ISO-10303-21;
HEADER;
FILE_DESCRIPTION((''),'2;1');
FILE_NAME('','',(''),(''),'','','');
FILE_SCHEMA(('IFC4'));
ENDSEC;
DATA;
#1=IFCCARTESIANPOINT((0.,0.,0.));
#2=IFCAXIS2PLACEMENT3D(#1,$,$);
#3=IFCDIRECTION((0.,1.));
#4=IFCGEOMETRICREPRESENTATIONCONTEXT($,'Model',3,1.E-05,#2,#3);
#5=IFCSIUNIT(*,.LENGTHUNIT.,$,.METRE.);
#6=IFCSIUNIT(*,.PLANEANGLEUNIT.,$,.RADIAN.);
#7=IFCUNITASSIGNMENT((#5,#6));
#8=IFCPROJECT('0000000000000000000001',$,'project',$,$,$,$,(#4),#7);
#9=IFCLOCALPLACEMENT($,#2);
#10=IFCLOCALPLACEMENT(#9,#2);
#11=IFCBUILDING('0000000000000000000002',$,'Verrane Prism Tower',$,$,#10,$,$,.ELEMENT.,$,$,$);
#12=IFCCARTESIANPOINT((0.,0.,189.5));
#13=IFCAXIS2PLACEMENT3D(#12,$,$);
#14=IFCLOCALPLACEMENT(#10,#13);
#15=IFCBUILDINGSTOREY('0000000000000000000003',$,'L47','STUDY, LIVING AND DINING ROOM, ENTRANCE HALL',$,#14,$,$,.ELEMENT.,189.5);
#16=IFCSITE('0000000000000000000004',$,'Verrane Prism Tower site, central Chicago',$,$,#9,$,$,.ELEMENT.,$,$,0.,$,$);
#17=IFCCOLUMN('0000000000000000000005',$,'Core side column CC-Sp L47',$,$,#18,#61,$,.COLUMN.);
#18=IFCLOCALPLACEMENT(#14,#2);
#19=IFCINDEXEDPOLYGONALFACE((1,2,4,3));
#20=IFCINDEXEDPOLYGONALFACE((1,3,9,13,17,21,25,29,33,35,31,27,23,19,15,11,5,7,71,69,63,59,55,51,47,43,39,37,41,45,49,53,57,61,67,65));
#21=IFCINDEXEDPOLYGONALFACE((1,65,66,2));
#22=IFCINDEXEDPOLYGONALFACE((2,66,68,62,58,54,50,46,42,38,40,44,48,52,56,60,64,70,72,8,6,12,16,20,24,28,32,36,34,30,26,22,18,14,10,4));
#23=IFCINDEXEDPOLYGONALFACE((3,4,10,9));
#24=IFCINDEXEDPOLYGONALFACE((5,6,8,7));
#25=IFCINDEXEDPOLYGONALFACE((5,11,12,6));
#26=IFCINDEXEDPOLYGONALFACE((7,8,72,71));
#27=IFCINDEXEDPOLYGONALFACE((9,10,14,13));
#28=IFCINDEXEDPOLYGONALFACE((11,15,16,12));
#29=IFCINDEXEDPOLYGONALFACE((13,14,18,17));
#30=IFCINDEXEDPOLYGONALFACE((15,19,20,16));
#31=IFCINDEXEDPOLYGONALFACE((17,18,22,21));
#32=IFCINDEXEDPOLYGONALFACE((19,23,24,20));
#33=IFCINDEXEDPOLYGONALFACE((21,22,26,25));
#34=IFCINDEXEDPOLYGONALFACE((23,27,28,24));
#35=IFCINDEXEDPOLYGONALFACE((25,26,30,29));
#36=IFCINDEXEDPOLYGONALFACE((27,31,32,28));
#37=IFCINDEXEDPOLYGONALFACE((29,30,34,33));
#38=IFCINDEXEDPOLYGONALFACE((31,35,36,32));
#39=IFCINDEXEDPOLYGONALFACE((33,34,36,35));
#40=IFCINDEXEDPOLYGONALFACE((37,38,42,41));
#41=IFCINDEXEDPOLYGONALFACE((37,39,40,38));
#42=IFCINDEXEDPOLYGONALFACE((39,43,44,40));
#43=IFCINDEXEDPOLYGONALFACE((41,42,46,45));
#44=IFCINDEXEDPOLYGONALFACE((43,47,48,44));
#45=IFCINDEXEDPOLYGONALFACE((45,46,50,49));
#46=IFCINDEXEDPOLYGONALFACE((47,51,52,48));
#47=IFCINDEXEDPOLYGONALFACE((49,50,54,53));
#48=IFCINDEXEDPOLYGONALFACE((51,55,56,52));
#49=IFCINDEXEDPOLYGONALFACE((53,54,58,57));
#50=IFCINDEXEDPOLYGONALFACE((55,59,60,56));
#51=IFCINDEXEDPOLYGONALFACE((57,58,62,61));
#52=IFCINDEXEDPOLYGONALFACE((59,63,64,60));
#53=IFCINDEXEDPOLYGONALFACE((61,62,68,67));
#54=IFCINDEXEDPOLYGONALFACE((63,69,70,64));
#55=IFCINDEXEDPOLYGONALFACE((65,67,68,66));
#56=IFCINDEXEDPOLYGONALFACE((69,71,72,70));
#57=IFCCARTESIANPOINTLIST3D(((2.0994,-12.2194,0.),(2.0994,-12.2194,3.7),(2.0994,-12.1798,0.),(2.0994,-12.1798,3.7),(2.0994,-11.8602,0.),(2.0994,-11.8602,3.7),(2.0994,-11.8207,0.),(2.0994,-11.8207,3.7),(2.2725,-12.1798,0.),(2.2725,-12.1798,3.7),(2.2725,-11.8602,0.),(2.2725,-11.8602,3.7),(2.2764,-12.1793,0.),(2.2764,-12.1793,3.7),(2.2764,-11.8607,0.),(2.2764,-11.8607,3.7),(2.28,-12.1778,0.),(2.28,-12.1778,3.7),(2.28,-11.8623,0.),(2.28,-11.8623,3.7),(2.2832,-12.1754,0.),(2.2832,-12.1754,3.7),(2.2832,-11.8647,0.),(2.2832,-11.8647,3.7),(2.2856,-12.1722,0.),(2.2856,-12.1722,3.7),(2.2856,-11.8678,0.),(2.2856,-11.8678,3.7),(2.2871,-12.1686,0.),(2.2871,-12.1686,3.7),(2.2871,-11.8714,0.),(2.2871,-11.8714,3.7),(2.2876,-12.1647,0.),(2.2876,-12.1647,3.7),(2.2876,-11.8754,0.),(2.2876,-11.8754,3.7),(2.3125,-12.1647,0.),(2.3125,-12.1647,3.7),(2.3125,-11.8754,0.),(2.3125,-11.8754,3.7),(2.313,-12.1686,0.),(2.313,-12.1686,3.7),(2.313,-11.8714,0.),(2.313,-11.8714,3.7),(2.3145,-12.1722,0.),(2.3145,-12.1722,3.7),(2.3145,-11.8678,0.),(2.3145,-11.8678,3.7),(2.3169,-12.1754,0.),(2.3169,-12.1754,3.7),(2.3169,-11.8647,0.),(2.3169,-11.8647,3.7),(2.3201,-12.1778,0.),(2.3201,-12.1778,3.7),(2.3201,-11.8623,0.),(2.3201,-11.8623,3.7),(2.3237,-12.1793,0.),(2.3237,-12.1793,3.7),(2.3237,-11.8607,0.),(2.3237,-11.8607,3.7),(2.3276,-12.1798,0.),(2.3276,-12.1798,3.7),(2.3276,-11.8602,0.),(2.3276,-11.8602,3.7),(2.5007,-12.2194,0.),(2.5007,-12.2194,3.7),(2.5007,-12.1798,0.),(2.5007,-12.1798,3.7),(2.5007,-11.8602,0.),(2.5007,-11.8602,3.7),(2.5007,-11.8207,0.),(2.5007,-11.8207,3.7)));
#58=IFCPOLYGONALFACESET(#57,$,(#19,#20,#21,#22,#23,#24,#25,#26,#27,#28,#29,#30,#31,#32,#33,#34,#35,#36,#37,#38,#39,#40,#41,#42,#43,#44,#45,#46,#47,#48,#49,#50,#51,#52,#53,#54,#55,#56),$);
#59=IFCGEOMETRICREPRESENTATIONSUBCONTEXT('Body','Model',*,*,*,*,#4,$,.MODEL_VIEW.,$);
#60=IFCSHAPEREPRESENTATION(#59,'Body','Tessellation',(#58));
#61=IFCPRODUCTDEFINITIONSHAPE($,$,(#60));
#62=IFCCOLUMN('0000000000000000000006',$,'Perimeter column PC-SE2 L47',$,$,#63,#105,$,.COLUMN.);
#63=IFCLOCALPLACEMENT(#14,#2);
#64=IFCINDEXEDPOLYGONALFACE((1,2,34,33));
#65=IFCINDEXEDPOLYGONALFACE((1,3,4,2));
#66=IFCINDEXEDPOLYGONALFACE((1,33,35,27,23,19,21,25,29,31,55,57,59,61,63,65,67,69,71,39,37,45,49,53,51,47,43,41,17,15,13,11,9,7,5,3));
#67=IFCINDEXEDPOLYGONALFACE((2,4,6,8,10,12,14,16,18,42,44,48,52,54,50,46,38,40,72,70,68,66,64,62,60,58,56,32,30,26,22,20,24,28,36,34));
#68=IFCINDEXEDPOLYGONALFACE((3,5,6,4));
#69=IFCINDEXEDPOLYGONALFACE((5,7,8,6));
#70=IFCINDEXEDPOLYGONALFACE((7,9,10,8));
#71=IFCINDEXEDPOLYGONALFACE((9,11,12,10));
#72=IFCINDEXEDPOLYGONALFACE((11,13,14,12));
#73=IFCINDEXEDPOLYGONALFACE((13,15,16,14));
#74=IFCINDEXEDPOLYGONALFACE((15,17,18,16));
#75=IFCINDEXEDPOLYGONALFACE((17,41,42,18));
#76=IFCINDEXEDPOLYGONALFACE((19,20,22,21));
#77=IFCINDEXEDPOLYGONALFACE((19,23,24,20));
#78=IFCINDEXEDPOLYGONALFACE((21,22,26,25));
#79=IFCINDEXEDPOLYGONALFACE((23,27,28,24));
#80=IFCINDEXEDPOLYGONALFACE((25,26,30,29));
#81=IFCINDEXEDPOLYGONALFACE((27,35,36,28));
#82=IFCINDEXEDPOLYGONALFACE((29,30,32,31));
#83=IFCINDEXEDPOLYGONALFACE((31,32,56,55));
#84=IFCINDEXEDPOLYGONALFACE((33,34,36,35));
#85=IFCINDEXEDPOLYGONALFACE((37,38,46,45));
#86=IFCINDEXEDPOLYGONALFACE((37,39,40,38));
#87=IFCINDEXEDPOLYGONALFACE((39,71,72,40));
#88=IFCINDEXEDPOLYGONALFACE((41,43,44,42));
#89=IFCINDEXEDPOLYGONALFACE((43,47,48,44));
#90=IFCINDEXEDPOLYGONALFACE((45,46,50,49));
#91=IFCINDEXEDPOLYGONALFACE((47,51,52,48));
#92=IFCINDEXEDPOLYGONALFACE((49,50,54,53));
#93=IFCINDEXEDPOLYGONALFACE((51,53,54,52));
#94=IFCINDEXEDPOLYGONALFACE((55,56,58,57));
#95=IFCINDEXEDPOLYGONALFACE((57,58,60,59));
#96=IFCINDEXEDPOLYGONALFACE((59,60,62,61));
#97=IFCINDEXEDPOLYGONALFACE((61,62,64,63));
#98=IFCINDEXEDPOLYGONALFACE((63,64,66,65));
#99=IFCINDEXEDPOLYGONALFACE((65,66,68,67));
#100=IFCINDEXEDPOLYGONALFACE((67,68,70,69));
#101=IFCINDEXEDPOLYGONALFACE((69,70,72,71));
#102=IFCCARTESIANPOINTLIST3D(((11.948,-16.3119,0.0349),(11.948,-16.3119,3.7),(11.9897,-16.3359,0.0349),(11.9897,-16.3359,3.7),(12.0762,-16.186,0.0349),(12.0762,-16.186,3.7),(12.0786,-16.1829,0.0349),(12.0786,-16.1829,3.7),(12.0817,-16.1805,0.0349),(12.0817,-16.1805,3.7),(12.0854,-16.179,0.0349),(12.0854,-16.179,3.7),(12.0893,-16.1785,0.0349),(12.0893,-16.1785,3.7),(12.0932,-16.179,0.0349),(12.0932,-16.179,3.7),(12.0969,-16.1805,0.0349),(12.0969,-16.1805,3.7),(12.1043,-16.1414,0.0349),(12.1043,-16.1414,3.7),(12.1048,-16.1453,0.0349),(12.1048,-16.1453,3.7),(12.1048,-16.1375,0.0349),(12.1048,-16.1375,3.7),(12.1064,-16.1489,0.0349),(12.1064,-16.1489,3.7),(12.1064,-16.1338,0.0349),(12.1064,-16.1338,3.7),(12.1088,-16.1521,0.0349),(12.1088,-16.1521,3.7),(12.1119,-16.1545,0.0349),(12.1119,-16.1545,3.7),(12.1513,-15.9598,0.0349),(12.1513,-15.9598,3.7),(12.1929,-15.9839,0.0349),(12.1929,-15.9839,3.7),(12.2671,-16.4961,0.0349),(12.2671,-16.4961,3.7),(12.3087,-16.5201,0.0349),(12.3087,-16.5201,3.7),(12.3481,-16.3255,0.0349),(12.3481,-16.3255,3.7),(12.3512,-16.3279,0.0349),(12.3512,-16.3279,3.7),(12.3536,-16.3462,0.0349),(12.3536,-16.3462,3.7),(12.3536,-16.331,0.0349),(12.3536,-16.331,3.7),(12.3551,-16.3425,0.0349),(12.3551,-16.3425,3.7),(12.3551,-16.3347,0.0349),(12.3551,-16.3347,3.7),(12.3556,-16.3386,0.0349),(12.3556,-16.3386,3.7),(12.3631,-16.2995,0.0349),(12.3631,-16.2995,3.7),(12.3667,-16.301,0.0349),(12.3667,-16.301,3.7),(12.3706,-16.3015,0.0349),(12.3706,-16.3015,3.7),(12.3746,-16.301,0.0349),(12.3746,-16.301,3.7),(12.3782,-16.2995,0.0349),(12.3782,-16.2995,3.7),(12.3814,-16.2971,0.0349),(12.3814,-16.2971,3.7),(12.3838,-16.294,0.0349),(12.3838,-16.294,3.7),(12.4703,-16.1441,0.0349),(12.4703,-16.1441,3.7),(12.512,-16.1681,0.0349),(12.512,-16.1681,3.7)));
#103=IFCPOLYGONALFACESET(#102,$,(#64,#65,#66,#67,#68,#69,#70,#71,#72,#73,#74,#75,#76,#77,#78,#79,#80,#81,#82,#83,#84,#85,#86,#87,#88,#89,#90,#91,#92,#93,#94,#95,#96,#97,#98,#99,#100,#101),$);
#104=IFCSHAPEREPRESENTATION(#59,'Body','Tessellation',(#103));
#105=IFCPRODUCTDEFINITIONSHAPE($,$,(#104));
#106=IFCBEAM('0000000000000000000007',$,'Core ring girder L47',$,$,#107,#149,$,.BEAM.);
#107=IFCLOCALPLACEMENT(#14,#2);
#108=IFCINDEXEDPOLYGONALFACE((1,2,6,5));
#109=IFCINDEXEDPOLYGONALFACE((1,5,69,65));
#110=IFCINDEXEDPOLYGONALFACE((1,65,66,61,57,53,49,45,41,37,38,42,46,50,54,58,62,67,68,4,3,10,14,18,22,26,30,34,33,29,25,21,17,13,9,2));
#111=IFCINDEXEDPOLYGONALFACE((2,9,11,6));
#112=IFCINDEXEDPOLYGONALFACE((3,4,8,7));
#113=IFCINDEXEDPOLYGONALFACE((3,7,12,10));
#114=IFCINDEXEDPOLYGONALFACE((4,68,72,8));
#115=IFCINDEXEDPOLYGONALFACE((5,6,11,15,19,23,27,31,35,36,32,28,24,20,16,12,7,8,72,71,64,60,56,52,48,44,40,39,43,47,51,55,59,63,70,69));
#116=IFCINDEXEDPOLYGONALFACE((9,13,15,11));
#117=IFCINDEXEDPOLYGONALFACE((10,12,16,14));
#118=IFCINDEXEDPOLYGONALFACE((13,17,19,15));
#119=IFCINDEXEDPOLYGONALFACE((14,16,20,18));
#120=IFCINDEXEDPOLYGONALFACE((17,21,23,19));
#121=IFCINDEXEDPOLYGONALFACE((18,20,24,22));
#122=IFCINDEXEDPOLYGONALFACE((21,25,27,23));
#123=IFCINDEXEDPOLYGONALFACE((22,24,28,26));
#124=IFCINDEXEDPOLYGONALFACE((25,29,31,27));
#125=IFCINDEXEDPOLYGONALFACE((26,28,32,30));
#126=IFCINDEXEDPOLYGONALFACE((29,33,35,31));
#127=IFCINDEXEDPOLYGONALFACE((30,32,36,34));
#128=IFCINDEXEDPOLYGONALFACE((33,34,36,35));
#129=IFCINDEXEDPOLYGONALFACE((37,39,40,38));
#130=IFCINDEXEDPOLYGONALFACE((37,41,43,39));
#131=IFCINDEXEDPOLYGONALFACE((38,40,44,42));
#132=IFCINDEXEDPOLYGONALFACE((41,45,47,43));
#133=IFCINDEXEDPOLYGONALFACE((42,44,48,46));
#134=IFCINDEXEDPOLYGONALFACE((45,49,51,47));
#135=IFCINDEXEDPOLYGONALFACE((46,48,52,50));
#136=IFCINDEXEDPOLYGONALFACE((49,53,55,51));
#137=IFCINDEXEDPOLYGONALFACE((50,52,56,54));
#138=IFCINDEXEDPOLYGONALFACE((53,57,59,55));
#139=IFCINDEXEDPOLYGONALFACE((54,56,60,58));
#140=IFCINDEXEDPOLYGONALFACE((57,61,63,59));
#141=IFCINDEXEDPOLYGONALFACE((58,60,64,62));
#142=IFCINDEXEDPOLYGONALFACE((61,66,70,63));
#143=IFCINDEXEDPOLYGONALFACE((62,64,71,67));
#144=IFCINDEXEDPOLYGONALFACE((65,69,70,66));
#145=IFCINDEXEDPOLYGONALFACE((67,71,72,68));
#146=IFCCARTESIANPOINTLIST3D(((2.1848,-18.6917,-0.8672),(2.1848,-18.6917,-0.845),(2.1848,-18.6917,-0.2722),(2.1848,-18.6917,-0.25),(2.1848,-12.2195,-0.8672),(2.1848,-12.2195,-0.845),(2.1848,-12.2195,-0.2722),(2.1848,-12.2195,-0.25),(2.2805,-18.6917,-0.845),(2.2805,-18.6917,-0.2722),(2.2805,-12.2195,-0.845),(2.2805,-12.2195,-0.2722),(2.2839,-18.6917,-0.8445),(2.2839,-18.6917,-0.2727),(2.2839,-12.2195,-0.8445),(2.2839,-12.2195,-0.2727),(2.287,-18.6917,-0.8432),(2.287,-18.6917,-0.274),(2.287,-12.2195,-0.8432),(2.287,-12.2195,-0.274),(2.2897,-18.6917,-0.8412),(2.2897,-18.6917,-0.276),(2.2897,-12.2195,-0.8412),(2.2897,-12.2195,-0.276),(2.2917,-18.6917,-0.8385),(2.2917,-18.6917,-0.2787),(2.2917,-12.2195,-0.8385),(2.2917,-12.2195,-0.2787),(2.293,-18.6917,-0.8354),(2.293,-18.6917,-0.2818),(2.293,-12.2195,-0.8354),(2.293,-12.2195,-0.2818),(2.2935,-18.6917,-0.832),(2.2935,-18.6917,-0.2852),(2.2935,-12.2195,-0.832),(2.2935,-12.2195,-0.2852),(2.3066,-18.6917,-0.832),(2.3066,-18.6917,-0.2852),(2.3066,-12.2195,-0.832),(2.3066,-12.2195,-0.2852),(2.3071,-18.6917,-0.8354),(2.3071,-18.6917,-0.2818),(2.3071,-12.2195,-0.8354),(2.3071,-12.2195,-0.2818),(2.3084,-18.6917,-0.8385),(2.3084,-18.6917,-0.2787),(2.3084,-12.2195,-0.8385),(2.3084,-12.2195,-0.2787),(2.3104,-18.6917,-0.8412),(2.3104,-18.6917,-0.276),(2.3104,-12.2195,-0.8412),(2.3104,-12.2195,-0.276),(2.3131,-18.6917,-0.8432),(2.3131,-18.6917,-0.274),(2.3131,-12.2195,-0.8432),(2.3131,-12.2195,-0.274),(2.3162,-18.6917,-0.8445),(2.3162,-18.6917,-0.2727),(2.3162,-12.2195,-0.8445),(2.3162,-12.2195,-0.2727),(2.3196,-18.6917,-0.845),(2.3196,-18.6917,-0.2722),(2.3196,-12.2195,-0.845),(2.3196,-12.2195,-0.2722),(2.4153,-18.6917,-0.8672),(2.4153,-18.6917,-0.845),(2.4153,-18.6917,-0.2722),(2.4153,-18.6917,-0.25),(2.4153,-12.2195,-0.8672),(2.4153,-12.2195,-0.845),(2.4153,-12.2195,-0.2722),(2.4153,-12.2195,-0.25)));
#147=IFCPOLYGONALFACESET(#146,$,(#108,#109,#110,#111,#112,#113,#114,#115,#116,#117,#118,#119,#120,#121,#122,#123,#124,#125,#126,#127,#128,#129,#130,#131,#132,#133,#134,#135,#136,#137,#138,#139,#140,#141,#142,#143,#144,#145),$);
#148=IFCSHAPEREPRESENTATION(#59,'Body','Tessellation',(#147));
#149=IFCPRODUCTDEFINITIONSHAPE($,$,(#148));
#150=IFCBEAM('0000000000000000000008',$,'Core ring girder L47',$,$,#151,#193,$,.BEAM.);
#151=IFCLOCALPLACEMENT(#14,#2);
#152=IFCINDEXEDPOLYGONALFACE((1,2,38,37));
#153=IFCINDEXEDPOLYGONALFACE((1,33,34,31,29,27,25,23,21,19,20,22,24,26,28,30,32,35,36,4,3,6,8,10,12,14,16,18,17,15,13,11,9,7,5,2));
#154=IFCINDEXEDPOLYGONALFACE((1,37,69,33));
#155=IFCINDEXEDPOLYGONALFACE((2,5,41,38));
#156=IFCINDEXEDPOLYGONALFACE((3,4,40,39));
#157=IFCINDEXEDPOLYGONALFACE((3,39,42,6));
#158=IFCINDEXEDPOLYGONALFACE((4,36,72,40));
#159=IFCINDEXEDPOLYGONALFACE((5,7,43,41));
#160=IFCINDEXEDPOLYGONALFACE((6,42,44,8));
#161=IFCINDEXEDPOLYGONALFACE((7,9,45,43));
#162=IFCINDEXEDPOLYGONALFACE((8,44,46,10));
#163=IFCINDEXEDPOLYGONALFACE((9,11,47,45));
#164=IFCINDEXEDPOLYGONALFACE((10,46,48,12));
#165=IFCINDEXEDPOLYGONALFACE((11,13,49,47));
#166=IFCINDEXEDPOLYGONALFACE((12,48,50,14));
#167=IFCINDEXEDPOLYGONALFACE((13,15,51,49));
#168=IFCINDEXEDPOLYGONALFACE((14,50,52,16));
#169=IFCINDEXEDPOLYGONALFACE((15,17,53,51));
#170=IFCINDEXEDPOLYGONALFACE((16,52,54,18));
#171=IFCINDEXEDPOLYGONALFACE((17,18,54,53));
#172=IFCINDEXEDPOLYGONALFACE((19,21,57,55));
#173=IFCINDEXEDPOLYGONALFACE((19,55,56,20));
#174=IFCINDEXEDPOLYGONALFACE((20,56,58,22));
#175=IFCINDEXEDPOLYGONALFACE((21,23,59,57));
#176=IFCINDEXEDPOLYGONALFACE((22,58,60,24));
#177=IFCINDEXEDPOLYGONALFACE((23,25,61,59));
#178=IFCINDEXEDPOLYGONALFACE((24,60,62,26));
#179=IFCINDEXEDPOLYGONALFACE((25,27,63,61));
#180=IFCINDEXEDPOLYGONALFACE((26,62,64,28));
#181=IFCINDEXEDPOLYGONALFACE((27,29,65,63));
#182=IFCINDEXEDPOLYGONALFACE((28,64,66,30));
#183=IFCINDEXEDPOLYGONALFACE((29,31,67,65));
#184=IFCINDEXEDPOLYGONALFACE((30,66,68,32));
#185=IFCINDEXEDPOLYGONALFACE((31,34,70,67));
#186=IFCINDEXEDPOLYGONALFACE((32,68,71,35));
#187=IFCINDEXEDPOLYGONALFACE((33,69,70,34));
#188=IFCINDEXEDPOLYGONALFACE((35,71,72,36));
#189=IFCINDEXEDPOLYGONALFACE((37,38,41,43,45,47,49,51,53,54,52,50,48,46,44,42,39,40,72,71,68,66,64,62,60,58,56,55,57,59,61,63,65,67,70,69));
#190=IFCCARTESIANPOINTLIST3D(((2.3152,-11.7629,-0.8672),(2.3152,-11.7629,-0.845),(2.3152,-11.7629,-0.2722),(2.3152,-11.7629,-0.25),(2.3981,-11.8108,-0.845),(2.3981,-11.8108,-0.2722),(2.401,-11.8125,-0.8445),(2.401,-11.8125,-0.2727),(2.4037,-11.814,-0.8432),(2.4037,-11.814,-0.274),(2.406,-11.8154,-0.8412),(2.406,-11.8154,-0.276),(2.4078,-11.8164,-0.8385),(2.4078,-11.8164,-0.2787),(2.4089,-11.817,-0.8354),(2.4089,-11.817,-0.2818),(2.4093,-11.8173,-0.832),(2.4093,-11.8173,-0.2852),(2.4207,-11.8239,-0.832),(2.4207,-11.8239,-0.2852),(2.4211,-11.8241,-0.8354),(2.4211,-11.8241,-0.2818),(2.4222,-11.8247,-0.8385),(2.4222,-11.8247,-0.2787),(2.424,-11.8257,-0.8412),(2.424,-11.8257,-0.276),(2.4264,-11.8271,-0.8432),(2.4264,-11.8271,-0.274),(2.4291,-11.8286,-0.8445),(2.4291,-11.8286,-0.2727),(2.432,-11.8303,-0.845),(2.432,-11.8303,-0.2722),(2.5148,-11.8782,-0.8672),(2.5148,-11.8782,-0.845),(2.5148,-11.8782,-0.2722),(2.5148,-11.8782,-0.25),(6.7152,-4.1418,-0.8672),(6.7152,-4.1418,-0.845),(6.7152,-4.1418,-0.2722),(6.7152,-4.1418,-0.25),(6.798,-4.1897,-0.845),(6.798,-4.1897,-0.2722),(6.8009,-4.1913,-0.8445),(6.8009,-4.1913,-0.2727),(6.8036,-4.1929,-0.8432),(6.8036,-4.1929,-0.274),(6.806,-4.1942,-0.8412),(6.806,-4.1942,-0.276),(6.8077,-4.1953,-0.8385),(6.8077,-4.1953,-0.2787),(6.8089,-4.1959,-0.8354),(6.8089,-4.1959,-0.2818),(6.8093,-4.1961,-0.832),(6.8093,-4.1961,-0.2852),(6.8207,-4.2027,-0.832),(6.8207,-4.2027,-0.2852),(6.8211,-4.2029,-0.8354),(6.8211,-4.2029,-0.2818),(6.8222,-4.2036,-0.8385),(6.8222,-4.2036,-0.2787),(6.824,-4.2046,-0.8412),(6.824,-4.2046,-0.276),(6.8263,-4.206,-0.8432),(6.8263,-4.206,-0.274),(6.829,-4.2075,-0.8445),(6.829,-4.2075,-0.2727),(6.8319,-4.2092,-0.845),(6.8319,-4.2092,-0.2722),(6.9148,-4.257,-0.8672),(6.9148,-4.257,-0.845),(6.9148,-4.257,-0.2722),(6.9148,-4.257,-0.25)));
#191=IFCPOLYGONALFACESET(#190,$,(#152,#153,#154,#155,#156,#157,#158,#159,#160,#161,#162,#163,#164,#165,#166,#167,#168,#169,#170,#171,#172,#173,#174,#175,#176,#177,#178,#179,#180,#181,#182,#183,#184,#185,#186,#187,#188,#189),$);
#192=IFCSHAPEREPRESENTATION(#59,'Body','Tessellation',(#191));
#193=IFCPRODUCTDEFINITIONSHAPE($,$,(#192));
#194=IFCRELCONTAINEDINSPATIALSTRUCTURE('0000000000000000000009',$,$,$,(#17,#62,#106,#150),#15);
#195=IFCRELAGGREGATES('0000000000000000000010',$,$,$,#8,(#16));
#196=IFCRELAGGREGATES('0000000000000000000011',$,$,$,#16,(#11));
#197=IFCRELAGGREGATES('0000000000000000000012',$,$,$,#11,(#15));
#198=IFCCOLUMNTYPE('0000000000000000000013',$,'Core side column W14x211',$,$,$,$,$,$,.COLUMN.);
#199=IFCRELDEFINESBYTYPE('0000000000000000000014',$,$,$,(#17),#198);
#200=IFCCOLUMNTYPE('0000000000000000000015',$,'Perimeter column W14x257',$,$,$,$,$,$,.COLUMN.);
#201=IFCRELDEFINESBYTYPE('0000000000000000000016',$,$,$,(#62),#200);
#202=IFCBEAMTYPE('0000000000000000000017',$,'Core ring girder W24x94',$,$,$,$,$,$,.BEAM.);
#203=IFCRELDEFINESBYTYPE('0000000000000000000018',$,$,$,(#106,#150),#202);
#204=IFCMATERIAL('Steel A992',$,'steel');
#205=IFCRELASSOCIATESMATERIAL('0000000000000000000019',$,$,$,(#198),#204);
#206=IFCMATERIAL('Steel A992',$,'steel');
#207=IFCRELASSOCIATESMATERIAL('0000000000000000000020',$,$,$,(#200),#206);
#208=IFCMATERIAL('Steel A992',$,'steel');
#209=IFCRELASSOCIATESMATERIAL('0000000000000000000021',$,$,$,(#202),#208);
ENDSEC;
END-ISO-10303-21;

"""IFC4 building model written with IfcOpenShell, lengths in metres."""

from ifc_helpers import new_model, si_unit, direction, frame, origin, origin_2d, place, context, subcontext, project, spatial, i_section, extrude, material, material_profile, profile_set, type_object, element, save


model = new_model("IFC4")

# Units and contexts
model_context = context("Model", 3, precision=1e-05, world=origin(), true_north=direction((0.0, 1.0)))
body_context = subcontext(model_context, "Body", "Model", "MODEL_VIEW")
ifc_project = project(units=[si_unit("LENGTHUNIT", "METRE"), si_unit("PLANEANGLEUNIT", "RADIAN")], contexts=[model_context])

# Site, building, storey
site_placement = place(None, origin())
site = spatial("IfcSite", under=ifc_project, at=site_placement, Name="Verrane Prism Tower site, central Chicago", CompositionType="ELEMENT", RefElevation=0.0)
building_placement = place(site_placement, origin())
building = spatial("IfcBuilding", under=site, at=building_placement, Name="Verrane Prism Tower", CompositionType="ELEMENT")
storey_placement = place(building_placement, frame((0.0, 0.0, 189.5)))
storey = spatial("IfcBuildingStorey", under=building, at=storey_placement, Name="L47", Description="STUDY, LIVING AND DINING ROOM, ENTRANCE HALL", CompositionType="ELEMENT", Elevation=189.5)

# Columns
ifc_material_1 = material(Name="Steel A992", Category="steel")
ifc_material_profile_1 = material_profile(ifc_material_1, i_section(OverallWidth=0.4014, OverallDepth=0.3987, WebThickness=0.0249, FlangeThickness=0.0396, FilletRadius=0.0151, at=origin_2d()), Name="W14x211")
ifc_profile_set_1 = profile_set([ifc_material_profile_1], Name="Steel A992")
column_type_1 = type_object("IfcColumnType", Name="Core side column W14x211", PredefinedType="COLUMN", material=ifc_profile_set_1)
column_1_placement = place(storey_placement, frame((2.3, -12.02, 0.0), z_axis=(0.0, 0.0, 1.0), x_axis=(1.0, 0.0, 0.0)))
element("IfcColumn", 1, at=column_1_placement, inside=storey, type_object=column_type_1, Name="Core side column CC-Sp L47", PredefinedType="COLUMN", context=body_context, shape_type="SweptSolid", body=[
    extrude(i_section(OverallWidth=0.4014, OverallDepth=0.3987, WebThickness=0.0249, FlangeThickness=0.0396, FilletRadius=0.0151, at=origin_2d()), origin(), (0.0, 0.0, 1.0), 3.7),
])
ifc_material_2 = material(Name="Steel A992", Category="steel")
ifc_material_profile_2 = material_profile(ifc_material_2, i_section(OverallWidth=0.4065, OverallDepth=0.4165, WebThickness=0.03, FlangeThickness=0.0481, FilletRadius=0.0151, at=origin_2d()), Name="W14x257")
ifc_profile_set_2 = profile_set([ifc_material_profile_2], Name="Steel A992")
column_type_2 = type_object("IfcColumnType", Name="Perimeter column W14x257", PredefinedType="COLUMN", material=ifc_profile_set_2)
column_2_placement = place(storey_placement, frame((12.23, -16.24, 0.0349), z_axis=(0.0, 0.0, 1.0), x_axis=(-0.5, -0.866025, 0.0)))
element("IfcColumn", 2, at=column_2_placement, inside=storey, type_object=column_type_2, Name="Perimeter column PC-SE2 L47", PredefinedType="COLUMN", context=body_context, shape_type="SweptSolid", body=[
    extrude(i_section(OverallWidth=0.4065, OverallDepth=0.4165, WebThickness=0.03, FlangeThickness=0.0481, FilletRadius=0.0151, at=origin_2d()), origin(), (0.0, 0.0, 1.0), 3.665),
])

# Beams
ifc_material_3 = material(Name="Steel A992", Category="steel")
ifc_material_profile_3 = material_profile(ifc_material_3, i_section(OverallWidth=0.2305, OverallDepth=0.6172, WebThickness=0.0132, FlangeThickness=0.0222, FilletRadius=0.0129, at=origin_2d()), Name="W24x94")
ifc_profile_set_3 = profile_set([ifc_material_profile_3], Name="Steel A992")
beam_type_1 = type_object("IfcBeamType", Name="Core ring girder W24x94", PredefinedType="BEAM", material=ifc_profile_set_3)
beam_1_placement = place(storey_placement, frame((2.3, -18.6917, -0.5586), z_axis=(0.0, 1.0, 0.0), x_axis=(-1.0, 0.0, 0.0)))
element("IfcBeam", 3, at=beam_1_placement, inside=storey, type_object=beam_type_1, Name="Core ring girder L47", PredefinedType="BEAM", context=body_context, shape_type="SweptSolid", body=[
    extrude(i_section(OverallWidth=0.2305, OverallDepth=0.6172, WebThickness=0.0132, FlangeThickness=0.0222, FilletRadius=0.0129, at=origin_2d()), origin(), (0.0, 0.0, 1.0), 6.4722),
])
beam_2_placement = place(storey_placement, frame((2.415, -11.8206, -0.5586), z_axis=(0.499988, 0.866032, 0.0), x_axis=(-0.866032, 0.499988, 0.0)))
element("IfcBeam", 4, at=beam_2_placement, inside=storey, type_object=beam_type_1, Name="Core ring girder L47", PredefinedType="BEAM", context=body_context, shape_type="SweptSolid", body=[
    extrude(i_section(OverallWidth=0.2305, OverallDepth=0.6172, WebThickness=0.0132, FlangeThickness=0.0222, FilletRadius=0.0129, at=origin_2d()), origin(), (0.0, 0.0, 1.0), 8.8),
])

save(model, "model.ifc")
